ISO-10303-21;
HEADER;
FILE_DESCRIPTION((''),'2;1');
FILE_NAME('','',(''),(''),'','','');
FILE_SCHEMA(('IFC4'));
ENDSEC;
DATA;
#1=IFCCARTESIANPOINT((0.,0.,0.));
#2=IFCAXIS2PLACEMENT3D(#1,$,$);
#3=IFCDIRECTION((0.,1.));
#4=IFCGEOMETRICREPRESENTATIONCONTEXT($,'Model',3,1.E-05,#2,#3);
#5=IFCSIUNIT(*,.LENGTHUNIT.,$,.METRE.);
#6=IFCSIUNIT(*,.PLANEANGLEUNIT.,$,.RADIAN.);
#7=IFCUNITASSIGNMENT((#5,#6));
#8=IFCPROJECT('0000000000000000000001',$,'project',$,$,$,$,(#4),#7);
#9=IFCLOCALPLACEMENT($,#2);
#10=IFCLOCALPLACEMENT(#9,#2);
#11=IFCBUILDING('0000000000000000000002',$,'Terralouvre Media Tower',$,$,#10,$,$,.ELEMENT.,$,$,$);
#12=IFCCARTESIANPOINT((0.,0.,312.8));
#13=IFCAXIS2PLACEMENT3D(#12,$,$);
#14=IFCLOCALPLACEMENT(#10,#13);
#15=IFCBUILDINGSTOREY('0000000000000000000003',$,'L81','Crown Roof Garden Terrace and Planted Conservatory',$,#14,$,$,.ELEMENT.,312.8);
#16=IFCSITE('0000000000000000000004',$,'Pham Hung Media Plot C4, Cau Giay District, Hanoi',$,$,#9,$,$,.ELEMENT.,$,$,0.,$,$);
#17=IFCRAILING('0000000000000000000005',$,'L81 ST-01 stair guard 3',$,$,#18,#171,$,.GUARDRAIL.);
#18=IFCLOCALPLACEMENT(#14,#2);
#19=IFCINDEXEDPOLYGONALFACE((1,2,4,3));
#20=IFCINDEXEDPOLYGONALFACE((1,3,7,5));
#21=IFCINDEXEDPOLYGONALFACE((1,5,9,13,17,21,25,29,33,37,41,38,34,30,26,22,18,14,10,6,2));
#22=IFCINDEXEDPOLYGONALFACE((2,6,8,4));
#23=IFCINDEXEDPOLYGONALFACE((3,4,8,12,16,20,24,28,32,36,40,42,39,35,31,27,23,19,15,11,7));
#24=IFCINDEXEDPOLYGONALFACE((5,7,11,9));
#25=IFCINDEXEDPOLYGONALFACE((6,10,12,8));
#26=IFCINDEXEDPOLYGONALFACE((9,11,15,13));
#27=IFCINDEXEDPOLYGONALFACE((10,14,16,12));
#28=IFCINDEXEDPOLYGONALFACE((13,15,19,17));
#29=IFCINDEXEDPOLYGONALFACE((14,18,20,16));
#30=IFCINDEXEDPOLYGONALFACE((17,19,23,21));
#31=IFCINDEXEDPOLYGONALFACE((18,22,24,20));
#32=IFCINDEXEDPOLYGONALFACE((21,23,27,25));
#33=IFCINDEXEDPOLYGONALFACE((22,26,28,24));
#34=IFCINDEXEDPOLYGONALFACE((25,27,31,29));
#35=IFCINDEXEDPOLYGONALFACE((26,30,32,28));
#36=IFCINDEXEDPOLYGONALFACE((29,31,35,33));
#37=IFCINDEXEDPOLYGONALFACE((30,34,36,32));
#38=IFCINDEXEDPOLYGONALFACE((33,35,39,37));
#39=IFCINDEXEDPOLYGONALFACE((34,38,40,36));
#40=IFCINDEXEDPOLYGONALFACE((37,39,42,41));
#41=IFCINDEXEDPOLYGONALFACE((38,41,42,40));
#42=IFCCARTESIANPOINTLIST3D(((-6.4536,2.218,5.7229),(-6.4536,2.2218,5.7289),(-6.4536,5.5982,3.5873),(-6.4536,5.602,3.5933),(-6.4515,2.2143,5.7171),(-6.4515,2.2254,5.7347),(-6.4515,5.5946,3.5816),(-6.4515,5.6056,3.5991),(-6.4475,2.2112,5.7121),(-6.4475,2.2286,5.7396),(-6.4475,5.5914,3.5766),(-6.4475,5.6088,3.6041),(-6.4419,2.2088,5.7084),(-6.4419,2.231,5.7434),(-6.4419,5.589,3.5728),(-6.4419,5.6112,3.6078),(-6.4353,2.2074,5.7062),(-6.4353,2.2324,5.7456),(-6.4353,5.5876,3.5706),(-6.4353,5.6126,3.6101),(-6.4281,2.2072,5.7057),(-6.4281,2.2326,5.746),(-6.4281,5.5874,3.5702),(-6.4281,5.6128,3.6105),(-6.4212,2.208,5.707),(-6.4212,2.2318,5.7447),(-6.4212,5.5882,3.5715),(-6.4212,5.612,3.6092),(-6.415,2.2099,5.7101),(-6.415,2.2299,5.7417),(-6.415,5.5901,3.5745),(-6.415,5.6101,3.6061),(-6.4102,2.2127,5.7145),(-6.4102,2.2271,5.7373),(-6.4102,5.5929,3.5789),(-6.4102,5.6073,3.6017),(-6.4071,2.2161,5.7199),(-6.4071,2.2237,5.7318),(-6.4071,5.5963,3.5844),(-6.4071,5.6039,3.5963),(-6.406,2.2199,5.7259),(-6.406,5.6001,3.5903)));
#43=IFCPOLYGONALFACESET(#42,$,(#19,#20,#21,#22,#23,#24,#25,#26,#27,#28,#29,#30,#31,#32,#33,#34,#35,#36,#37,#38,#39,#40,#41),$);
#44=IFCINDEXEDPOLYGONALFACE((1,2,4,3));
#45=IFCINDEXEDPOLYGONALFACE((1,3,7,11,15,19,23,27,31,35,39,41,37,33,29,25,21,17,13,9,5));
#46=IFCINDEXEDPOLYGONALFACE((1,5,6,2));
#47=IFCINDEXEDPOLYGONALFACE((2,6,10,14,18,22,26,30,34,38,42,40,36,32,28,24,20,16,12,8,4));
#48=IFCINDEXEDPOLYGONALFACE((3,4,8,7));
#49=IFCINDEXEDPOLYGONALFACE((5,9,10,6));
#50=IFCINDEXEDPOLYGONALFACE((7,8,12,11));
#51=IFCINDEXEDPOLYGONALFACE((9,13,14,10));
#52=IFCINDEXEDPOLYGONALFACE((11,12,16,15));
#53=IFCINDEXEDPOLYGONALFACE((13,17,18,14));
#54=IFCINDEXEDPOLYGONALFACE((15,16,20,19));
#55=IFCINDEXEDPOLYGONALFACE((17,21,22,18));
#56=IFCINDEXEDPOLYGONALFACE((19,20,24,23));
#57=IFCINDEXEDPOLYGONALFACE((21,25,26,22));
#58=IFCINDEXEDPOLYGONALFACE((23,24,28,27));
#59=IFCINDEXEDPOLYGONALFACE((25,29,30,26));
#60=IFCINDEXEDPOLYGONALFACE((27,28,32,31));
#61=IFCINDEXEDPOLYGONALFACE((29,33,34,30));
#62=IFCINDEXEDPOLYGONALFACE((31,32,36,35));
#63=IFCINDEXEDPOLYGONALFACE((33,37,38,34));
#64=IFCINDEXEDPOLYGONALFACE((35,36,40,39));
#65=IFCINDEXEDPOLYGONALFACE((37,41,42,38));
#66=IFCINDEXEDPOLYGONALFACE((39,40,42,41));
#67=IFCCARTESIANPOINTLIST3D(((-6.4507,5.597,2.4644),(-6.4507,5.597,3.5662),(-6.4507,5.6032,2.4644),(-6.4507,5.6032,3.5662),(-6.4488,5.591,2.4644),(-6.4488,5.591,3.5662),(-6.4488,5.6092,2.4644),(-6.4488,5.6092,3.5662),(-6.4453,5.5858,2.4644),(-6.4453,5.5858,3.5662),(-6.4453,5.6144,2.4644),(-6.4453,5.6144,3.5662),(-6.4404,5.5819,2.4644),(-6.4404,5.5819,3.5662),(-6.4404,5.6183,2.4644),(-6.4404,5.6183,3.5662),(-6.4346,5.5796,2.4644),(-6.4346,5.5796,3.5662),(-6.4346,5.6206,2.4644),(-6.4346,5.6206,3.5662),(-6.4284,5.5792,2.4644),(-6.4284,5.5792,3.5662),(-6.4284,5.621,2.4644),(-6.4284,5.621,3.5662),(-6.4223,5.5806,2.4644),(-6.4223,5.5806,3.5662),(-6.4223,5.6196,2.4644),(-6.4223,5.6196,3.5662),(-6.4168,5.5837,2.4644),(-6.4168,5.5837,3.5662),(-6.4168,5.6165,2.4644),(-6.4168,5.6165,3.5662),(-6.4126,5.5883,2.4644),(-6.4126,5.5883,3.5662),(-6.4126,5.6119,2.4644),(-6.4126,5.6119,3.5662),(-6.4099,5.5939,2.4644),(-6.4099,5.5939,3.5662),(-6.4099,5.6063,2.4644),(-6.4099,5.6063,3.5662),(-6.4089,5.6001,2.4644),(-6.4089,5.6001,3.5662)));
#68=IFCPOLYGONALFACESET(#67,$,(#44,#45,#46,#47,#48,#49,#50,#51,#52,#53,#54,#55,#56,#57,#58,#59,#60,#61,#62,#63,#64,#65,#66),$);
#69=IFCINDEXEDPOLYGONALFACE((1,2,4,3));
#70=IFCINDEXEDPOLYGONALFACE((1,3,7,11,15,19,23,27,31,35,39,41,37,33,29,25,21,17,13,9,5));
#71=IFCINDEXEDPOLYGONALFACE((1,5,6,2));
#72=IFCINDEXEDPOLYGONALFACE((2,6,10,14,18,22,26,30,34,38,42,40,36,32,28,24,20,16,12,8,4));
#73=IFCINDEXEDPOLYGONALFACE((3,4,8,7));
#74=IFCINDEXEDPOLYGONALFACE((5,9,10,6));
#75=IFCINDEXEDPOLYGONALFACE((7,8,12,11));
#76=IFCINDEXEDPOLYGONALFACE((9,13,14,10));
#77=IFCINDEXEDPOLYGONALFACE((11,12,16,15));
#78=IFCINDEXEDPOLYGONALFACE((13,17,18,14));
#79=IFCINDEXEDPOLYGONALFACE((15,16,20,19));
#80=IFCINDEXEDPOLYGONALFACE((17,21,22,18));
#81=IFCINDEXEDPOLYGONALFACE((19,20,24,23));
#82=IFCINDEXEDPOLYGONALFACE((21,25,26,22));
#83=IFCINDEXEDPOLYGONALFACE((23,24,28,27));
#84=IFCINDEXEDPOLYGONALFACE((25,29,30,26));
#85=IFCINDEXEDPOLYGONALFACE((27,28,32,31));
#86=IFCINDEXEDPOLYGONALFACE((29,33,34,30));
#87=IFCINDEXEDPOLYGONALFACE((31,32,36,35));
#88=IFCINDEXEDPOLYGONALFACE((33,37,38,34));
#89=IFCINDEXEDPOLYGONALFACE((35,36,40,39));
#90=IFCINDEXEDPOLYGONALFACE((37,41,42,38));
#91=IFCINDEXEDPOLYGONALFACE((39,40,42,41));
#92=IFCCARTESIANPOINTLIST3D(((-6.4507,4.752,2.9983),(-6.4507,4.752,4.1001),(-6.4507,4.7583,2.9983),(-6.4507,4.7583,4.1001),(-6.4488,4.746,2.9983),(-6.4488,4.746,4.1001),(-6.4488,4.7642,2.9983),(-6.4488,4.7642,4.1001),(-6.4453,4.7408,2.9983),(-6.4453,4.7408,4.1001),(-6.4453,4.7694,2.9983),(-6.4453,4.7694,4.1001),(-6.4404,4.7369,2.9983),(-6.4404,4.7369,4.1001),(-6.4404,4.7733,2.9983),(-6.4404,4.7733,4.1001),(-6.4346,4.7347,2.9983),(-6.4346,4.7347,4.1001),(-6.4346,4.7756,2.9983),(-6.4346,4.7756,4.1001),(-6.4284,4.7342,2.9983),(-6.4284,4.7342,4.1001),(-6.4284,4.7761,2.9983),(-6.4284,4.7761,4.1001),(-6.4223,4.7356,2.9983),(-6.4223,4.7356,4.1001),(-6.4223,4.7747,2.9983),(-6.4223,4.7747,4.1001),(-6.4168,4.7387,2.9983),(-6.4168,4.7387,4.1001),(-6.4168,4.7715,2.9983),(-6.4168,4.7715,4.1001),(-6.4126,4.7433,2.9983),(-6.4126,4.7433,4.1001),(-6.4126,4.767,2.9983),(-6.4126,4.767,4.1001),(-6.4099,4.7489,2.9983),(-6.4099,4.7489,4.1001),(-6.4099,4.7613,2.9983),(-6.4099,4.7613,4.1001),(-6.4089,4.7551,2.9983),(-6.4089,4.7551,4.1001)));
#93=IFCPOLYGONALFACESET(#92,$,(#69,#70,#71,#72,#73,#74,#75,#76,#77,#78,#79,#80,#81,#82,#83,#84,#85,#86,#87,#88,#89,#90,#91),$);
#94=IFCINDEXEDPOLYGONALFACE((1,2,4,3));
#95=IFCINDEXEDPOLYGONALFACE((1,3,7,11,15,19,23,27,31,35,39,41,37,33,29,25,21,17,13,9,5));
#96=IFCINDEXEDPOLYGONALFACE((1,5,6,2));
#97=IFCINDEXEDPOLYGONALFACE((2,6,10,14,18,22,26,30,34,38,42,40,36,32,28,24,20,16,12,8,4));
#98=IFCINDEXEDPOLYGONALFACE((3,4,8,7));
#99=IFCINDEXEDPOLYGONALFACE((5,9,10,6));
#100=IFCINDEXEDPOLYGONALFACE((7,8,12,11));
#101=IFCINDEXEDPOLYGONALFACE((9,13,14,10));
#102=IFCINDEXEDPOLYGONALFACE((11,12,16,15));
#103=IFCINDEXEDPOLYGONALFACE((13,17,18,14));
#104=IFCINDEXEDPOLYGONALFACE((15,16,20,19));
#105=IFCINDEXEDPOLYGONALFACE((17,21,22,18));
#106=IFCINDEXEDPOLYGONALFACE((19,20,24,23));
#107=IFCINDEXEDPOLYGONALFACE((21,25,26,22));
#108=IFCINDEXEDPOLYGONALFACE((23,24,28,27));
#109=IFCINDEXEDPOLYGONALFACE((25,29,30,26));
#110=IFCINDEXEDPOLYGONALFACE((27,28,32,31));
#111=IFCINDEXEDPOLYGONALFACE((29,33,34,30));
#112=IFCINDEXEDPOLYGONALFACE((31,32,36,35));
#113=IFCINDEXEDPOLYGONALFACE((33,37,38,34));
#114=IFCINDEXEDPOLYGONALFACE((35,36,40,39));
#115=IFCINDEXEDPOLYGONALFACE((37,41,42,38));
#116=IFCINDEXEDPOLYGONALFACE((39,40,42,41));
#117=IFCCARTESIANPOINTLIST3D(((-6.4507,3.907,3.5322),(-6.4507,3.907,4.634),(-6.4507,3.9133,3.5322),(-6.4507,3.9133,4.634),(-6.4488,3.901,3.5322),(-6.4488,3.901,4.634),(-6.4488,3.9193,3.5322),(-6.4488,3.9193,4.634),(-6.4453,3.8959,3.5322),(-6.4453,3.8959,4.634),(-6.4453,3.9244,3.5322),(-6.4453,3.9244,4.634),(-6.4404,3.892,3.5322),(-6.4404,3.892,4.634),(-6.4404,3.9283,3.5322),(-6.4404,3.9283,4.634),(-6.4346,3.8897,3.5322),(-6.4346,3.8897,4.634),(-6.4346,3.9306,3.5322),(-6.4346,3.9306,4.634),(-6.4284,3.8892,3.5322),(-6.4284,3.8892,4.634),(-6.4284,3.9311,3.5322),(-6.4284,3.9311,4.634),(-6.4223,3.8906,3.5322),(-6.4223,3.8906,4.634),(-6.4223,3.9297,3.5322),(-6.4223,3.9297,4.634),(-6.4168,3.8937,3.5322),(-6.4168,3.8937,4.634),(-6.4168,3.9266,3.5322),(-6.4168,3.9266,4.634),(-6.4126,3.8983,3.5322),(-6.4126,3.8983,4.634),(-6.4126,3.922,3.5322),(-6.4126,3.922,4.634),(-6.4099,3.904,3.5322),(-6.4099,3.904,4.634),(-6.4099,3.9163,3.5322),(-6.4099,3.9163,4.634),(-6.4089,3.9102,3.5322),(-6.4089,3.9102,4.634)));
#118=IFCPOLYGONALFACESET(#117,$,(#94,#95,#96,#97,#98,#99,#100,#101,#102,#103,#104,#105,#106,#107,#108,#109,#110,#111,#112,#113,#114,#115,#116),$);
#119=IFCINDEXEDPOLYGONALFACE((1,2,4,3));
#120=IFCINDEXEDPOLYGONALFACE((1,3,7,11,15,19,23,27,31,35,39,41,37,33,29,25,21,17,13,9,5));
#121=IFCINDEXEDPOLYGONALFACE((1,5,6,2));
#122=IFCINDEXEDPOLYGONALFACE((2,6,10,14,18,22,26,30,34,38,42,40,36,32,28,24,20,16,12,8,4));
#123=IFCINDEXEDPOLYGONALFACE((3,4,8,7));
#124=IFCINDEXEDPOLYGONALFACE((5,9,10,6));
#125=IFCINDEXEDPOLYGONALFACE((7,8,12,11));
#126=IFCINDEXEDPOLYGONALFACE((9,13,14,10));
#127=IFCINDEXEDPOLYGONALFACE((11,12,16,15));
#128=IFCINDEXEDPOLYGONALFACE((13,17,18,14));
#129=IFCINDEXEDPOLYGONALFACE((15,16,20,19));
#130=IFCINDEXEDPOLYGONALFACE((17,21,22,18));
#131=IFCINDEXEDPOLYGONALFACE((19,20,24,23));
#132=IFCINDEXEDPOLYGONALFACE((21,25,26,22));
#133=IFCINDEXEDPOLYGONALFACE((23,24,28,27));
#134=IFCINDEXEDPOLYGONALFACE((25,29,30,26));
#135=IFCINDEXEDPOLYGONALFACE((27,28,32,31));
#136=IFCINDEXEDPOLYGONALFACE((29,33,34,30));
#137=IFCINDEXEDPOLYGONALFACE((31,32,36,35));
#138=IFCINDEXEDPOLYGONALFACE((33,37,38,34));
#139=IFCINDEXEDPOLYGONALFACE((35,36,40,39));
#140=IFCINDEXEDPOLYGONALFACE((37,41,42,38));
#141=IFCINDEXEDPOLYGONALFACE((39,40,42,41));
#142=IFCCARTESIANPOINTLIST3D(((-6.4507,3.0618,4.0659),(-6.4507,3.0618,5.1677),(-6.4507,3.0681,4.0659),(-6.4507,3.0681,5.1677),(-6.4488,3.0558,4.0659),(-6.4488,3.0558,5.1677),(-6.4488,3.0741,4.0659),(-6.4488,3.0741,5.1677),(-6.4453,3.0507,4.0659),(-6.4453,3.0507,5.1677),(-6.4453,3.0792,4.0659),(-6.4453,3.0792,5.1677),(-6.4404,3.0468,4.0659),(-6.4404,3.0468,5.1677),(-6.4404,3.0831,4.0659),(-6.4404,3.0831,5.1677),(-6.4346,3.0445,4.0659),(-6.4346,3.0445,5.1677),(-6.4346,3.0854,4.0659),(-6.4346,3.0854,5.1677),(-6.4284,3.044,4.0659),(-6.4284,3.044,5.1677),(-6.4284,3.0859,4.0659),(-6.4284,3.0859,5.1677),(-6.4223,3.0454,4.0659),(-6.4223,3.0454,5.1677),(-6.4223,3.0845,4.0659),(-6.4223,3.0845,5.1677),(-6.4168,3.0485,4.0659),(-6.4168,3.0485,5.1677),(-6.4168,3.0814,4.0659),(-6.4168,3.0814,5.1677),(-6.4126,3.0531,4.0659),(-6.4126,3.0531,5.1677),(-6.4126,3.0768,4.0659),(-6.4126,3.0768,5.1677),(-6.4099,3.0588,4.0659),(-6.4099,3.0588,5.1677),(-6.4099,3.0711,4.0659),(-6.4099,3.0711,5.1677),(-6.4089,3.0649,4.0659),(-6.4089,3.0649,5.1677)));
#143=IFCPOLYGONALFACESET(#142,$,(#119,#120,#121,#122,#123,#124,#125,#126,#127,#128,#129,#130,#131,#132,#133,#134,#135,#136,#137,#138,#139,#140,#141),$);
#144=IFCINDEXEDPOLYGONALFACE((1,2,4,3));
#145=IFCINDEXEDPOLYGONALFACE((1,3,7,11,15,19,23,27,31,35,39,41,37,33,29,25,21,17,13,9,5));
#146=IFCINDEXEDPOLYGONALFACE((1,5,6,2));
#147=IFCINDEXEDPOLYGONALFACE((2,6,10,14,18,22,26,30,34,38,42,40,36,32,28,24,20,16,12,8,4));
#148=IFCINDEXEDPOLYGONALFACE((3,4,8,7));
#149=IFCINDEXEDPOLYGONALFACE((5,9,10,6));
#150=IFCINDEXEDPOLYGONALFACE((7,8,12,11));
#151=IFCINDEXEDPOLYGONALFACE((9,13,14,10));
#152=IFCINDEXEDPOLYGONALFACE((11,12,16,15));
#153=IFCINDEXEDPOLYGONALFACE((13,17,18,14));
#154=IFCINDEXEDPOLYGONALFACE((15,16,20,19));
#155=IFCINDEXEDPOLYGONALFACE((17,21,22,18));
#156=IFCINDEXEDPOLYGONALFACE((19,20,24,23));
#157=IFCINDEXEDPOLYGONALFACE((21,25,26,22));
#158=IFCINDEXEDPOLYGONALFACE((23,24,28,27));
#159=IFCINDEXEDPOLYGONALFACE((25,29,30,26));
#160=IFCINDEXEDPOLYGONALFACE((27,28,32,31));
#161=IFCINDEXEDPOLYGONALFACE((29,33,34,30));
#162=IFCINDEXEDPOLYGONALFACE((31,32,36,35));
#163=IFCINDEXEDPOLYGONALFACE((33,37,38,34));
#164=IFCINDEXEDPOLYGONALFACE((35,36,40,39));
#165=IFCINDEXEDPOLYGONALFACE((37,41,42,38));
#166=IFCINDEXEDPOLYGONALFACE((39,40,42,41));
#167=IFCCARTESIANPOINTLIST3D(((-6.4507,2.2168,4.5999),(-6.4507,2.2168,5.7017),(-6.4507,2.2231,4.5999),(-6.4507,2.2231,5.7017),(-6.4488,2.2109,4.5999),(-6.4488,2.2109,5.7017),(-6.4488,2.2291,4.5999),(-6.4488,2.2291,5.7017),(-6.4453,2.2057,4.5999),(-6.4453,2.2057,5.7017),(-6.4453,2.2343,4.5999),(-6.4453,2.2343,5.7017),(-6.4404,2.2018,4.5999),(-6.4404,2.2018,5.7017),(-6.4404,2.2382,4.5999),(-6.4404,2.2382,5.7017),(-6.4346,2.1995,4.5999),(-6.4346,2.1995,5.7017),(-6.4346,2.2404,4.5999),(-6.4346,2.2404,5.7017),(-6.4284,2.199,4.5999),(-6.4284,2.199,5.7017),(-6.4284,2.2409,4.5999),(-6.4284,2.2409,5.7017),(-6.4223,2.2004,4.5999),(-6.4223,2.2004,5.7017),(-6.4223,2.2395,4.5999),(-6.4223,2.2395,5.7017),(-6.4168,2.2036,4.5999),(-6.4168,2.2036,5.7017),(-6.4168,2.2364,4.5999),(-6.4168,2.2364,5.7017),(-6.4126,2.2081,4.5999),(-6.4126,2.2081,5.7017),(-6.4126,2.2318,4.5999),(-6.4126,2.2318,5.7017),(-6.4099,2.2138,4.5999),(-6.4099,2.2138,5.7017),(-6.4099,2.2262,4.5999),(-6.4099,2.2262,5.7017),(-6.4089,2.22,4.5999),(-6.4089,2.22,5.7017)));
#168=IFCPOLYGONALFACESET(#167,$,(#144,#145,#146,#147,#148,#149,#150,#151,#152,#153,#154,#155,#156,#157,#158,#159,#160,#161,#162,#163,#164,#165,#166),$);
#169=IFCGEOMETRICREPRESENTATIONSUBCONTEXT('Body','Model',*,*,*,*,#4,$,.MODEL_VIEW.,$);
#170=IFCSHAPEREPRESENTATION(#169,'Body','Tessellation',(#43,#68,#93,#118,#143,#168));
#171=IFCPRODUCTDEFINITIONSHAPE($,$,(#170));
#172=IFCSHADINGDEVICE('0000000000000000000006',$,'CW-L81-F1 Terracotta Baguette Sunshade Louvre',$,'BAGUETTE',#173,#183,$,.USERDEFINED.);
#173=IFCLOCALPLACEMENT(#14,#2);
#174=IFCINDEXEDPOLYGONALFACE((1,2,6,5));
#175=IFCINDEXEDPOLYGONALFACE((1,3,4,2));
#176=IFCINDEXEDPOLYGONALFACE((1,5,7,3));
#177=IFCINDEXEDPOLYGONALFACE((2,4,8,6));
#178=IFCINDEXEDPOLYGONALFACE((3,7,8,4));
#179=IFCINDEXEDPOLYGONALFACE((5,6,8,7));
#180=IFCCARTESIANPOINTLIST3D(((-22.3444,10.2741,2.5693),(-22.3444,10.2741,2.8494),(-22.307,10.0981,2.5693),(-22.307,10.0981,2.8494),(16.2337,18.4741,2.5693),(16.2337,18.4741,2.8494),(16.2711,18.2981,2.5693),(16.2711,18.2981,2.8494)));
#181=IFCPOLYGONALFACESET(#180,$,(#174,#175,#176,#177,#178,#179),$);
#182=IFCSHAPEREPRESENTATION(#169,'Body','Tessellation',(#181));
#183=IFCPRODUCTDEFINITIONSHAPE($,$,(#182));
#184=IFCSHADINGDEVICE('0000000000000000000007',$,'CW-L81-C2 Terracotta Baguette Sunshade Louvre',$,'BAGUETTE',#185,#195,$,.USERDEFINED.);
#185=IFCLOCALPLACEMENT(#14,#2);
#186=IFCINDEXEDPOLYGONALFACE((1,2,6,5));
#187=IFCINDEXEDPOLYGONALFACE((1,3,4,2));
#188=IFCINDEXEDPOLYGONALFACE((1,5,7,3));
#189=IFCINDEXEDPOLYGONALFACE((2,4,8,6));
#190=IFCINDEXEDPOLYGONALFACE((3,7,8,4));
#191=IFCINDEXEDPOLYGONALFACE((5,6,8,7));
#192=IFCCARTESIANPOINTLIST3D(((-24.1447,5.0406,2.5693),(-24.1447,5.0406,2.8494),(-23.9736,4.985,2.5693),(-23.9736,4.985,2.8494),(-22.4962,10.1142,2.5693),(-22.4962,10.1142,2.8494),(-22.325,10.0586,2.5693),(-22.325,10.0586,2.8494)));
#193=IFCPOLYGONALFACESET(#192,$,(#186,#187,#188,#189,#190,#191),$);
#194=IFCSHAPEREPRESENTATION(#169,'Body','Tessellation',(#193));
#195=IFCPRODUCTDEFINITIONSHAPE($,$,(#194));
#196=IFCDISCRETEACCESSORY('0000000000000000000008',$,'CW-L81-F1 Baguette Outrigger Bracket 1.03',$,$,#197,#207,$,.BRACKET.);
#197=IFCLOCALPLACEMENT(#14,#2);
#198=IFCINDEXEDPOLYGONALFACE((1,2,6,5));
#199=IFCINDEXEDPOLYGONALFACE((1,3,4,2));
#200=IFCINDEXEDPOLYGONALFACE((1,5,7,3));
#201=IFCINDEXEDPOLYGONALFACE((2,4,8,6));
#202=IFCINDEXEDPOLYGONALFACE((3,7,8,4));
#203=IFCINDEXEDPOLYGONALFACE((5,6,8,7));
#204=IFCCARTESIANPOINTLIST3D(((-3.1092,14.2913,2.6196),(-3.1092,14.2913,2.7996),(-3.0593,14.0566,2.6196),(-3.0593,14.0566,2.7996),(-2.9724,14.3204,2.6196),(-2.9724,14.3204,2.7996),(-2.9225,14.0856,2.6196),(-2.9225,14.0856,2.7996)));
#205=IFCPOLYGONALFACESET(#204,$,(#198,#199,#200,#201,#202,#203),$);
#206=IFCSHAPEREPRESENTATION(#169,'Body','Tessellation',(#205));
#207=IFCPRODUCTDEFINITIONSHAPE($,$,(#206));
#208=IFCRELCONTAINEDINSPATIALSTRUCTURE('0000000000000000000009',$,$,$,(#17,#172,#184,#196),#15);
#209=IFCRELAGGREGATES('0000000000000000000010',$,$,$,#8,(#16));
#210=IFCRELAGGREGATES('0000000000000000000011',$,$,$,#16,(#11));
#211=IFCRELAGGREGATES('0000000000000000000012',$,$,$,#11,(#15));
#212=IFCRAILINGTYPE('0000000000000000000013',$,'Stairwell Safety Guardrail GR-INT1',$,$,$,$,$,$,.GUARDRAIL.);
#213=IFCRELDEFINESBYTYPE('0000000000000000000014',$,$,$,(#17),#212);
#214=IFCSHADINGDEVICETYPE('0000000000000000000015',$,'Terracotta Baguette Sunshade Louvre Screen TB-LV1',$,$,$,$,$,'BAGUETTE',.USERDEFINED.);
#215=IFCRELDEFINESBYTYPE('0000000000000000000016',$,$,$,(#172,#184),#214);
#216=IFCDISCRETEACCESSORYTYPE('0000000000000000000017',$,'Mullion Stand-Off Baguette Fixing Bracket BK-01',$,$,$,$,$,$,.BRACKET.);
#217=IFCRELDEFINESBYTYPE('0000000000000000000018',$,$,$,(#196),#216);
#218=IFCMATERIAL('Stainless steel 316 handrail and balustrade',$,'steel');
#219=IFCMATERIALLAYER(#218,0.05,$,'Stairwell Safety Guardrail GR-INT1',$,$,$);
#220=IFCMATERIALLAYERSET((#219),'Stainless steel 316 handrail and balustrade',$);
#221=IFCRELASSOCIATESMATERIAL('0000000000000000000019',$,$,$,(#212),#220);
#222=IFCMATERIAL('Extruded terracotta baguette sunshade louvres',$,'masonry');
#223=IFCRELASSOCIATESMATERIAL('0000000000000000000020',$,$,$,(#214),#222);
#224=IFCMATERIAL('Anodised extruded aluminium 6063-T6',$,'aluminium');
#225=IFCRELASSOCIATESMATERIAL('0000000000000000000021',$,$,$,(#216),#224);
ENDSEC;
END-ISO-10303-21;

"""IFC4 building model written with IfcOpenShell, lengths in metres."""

from ifc_helpers import new_model, si_unit, direction, frame, origin, origin_2d, place, context, subcontext, project, spatial, rectangle, circle, extrude, material, layer, layer_set, type_object, element, save


model = new_model("IFC4")

# Units and contexts
model_context = context("Model", 3, precision=1e-05, world=origin(), true_north=direction((0.0, 1.0)))
body_context = subcontext(model_context, "Body", "Model", "MODEL_VIEW")
ifc_project = project(units=[si_unit("LENGTHUNIT", "METRE"), si_unit("PLANEANGLEUNIT", "RADIAN")], contexts=[model_context])

# Site, building, storey
site_placement = place(None, origin())
site = spatial("IfcSite", under=ifc_project, at=site_placement, Name="Pham Hung Media Plot C4, Cau Giay District, Hanoi", CompositionType="ELEMENT", RefElevation=0.0)
building_placement = place(site_placement, origin())
building = spatial("IfcBuilding", under=site, at=building_placement, Name="Terralouvre Media Tower", CompositionType="ELEMENT")
storey_placement = place(building_placement, frame((0.0, 0.0, 312.8)))
storey = spatial("IfcBuildingStorey", under=building, at=storey_placement, Name="L81", Description="Crown Roof Garden Terrace and Planted Conservatory", CompositionType="ELEMENT", Elevation=312.8)

# Railing
ifc_material_1 = material(Name="Stainless steel 316 handrail and balustrade", Category="steel")
ifc_layer_1 = layer(ifc_material_1, 0.05, Name="Stairwell Safety Guardrail GR-INT1")
ifc_layer_set_1 = layer_set([ifc_layer_1], Name="Stainless steel 316 handrail and balustrade")
railing_type_1 = type_object("IfcRailingType", Name="Stairwell Safety Guardrail GR-INT1", PredefinedType="GUARDRAIL", material=ifc_layer_set_1)
railing_1_placement = place(storey_placement, frame((-6.4299, 5.6001, 2.4644)))
element("IfcRailing", 1, at=railing_1_placement, inside=storey, type_object=railing_type_1, Name="L81 ST-01 stair guard 3", PredefinedType="GUARDRAIL", context=body_context, shape_type="SweptSolid", body=[
    extrude(circle(Radius=0.0239, at=origin_2d()), frame((0.0, 0.0, 1.126), z_axis=(0.0, -0.845412, 0.534115), x_axis=(1.0, 0.0, 0.0)), (0.0, 0.0, 1.0), 3.9983),
    extrude(circle(Radius=0.021, at=origin_2d()), origin(), (0.0, 0.0, 1.0), 1.1018),
    extrude(circle(Radius=0.021, at=origin_2d()), frame((0.0, -0.845, 0.5339)), (0.0, 0.0, 1.0), 1.1018),
    extrude(circle(Radius=0.021, at=origin_2d()), frame((0.0, -1.6899, 1.0679)), (0.0, 0.0, 1.0), 1.1018),
    extrude(circle(Radius=0.021, at=origin_2d()), frame((0.0, -2.5352, 1.6016)), (0.0, 0.0, 1.0), 1.1018),
    extrude(circle(Radius=0.021, at=origin_2d()), frame((0.0, -3.3801, 2.1355)), (0.0, 0.0, 1.0), 1.1018),
])

# Shading devices
ifc_material_2 = material(Name="Extruded terracotta baguette sunshade louvres", Category="masonry")
shading_device_type = type_object("IfcShadingDeviceType", Name="Terracotta Baguette Sunshade Louvre Screen TB-LV1", ElementType="BAGUETTE", PredefinedType="USERDEFINED", material=ifc_material_2)
shading_device_1_placement = place(storey_placement, frame((-3.0366, 14.2861, 2.5693), z_axis=(0.0, 0.0, 1.0), x_axis=(-0.978148, -0.207912, 0.0)))
element("IfcShadingDevice", 2, at=shading_device_1_placement, inside=storey, type_object=shading_device_type, Name="CW-L81-F1 Terracotta Baguette Sunshade Louvre", ObjectType="BAGUETTE", PredefinedType="USERDEFINED", context=body_context, shape_type="SweptSolid", body=[
    extrude(rectangle(XDim=39.4399, YDim=0.1799, at=origin_2d()), origin(), (0.0, 0.0, 1.0), 0.28),
])
shading_device_2_placement = place(storey_placement, frame((-23.2349, 7.5496, 2.5693), z_axis=(0.0, 0.0, 1.0), x_axis=(-0.309018, -0.951056, 0.0)))
element("IfcShadingDevice", 3, at=shading_device_2_placement, inside=storey, type_object=shading_device_type, Name="CW-L81-C2 Terracotta Baguette Sunshade Louvre", ObjectType="BAGUETTE", PredefinedType="USERDEFINED", context=body_context, shape_type="SweptSolid", body=[
    extrude(rectangle(XDim=5.3347, YDim=0.1799, at=origin_2d()), origin(), (0.0, 0.0, 1.0), 0.28),
])

# Discrete accessory
ifc_material_3 = material(Name="Anodised extruded aluminium 6063-T6", Category="aluminium")
discrete_accessory_type = type_object("IfcDiscreteAccessoryType", Name="Mullion Stand-Off Baguette Fixing Bracket BK-01", PredefinedType="BRACKET", material=ifc_material_3)
for number, where, z_axis, x_axis, name in (
    (4, (-3.0159, 14.1885, 2.6196), (0.0, 0.0, 1.0), (-0.978148, -0.207912, 0.0), "CW-L81-F1 Baguette Outrigger Bracket 1.03"),
):
    element("IfcDiscreteAccessory", number, at=place(storey_placement, frame(where, z_axis=z_axis, x_axis=x_axis)), inside=storey, type_object=discrete_accessory_type, Name=name, PredefinedType="BRACKET", context=body_context, shape_type="SweptSolid", body=[
        extrude(rectangle(XDim=0.1399, YDim=0.24, at=origin_2d()), origin(), (0.0, 0.0, 1.0), 0.1799),
    ])

save(model, "model.ifc")
